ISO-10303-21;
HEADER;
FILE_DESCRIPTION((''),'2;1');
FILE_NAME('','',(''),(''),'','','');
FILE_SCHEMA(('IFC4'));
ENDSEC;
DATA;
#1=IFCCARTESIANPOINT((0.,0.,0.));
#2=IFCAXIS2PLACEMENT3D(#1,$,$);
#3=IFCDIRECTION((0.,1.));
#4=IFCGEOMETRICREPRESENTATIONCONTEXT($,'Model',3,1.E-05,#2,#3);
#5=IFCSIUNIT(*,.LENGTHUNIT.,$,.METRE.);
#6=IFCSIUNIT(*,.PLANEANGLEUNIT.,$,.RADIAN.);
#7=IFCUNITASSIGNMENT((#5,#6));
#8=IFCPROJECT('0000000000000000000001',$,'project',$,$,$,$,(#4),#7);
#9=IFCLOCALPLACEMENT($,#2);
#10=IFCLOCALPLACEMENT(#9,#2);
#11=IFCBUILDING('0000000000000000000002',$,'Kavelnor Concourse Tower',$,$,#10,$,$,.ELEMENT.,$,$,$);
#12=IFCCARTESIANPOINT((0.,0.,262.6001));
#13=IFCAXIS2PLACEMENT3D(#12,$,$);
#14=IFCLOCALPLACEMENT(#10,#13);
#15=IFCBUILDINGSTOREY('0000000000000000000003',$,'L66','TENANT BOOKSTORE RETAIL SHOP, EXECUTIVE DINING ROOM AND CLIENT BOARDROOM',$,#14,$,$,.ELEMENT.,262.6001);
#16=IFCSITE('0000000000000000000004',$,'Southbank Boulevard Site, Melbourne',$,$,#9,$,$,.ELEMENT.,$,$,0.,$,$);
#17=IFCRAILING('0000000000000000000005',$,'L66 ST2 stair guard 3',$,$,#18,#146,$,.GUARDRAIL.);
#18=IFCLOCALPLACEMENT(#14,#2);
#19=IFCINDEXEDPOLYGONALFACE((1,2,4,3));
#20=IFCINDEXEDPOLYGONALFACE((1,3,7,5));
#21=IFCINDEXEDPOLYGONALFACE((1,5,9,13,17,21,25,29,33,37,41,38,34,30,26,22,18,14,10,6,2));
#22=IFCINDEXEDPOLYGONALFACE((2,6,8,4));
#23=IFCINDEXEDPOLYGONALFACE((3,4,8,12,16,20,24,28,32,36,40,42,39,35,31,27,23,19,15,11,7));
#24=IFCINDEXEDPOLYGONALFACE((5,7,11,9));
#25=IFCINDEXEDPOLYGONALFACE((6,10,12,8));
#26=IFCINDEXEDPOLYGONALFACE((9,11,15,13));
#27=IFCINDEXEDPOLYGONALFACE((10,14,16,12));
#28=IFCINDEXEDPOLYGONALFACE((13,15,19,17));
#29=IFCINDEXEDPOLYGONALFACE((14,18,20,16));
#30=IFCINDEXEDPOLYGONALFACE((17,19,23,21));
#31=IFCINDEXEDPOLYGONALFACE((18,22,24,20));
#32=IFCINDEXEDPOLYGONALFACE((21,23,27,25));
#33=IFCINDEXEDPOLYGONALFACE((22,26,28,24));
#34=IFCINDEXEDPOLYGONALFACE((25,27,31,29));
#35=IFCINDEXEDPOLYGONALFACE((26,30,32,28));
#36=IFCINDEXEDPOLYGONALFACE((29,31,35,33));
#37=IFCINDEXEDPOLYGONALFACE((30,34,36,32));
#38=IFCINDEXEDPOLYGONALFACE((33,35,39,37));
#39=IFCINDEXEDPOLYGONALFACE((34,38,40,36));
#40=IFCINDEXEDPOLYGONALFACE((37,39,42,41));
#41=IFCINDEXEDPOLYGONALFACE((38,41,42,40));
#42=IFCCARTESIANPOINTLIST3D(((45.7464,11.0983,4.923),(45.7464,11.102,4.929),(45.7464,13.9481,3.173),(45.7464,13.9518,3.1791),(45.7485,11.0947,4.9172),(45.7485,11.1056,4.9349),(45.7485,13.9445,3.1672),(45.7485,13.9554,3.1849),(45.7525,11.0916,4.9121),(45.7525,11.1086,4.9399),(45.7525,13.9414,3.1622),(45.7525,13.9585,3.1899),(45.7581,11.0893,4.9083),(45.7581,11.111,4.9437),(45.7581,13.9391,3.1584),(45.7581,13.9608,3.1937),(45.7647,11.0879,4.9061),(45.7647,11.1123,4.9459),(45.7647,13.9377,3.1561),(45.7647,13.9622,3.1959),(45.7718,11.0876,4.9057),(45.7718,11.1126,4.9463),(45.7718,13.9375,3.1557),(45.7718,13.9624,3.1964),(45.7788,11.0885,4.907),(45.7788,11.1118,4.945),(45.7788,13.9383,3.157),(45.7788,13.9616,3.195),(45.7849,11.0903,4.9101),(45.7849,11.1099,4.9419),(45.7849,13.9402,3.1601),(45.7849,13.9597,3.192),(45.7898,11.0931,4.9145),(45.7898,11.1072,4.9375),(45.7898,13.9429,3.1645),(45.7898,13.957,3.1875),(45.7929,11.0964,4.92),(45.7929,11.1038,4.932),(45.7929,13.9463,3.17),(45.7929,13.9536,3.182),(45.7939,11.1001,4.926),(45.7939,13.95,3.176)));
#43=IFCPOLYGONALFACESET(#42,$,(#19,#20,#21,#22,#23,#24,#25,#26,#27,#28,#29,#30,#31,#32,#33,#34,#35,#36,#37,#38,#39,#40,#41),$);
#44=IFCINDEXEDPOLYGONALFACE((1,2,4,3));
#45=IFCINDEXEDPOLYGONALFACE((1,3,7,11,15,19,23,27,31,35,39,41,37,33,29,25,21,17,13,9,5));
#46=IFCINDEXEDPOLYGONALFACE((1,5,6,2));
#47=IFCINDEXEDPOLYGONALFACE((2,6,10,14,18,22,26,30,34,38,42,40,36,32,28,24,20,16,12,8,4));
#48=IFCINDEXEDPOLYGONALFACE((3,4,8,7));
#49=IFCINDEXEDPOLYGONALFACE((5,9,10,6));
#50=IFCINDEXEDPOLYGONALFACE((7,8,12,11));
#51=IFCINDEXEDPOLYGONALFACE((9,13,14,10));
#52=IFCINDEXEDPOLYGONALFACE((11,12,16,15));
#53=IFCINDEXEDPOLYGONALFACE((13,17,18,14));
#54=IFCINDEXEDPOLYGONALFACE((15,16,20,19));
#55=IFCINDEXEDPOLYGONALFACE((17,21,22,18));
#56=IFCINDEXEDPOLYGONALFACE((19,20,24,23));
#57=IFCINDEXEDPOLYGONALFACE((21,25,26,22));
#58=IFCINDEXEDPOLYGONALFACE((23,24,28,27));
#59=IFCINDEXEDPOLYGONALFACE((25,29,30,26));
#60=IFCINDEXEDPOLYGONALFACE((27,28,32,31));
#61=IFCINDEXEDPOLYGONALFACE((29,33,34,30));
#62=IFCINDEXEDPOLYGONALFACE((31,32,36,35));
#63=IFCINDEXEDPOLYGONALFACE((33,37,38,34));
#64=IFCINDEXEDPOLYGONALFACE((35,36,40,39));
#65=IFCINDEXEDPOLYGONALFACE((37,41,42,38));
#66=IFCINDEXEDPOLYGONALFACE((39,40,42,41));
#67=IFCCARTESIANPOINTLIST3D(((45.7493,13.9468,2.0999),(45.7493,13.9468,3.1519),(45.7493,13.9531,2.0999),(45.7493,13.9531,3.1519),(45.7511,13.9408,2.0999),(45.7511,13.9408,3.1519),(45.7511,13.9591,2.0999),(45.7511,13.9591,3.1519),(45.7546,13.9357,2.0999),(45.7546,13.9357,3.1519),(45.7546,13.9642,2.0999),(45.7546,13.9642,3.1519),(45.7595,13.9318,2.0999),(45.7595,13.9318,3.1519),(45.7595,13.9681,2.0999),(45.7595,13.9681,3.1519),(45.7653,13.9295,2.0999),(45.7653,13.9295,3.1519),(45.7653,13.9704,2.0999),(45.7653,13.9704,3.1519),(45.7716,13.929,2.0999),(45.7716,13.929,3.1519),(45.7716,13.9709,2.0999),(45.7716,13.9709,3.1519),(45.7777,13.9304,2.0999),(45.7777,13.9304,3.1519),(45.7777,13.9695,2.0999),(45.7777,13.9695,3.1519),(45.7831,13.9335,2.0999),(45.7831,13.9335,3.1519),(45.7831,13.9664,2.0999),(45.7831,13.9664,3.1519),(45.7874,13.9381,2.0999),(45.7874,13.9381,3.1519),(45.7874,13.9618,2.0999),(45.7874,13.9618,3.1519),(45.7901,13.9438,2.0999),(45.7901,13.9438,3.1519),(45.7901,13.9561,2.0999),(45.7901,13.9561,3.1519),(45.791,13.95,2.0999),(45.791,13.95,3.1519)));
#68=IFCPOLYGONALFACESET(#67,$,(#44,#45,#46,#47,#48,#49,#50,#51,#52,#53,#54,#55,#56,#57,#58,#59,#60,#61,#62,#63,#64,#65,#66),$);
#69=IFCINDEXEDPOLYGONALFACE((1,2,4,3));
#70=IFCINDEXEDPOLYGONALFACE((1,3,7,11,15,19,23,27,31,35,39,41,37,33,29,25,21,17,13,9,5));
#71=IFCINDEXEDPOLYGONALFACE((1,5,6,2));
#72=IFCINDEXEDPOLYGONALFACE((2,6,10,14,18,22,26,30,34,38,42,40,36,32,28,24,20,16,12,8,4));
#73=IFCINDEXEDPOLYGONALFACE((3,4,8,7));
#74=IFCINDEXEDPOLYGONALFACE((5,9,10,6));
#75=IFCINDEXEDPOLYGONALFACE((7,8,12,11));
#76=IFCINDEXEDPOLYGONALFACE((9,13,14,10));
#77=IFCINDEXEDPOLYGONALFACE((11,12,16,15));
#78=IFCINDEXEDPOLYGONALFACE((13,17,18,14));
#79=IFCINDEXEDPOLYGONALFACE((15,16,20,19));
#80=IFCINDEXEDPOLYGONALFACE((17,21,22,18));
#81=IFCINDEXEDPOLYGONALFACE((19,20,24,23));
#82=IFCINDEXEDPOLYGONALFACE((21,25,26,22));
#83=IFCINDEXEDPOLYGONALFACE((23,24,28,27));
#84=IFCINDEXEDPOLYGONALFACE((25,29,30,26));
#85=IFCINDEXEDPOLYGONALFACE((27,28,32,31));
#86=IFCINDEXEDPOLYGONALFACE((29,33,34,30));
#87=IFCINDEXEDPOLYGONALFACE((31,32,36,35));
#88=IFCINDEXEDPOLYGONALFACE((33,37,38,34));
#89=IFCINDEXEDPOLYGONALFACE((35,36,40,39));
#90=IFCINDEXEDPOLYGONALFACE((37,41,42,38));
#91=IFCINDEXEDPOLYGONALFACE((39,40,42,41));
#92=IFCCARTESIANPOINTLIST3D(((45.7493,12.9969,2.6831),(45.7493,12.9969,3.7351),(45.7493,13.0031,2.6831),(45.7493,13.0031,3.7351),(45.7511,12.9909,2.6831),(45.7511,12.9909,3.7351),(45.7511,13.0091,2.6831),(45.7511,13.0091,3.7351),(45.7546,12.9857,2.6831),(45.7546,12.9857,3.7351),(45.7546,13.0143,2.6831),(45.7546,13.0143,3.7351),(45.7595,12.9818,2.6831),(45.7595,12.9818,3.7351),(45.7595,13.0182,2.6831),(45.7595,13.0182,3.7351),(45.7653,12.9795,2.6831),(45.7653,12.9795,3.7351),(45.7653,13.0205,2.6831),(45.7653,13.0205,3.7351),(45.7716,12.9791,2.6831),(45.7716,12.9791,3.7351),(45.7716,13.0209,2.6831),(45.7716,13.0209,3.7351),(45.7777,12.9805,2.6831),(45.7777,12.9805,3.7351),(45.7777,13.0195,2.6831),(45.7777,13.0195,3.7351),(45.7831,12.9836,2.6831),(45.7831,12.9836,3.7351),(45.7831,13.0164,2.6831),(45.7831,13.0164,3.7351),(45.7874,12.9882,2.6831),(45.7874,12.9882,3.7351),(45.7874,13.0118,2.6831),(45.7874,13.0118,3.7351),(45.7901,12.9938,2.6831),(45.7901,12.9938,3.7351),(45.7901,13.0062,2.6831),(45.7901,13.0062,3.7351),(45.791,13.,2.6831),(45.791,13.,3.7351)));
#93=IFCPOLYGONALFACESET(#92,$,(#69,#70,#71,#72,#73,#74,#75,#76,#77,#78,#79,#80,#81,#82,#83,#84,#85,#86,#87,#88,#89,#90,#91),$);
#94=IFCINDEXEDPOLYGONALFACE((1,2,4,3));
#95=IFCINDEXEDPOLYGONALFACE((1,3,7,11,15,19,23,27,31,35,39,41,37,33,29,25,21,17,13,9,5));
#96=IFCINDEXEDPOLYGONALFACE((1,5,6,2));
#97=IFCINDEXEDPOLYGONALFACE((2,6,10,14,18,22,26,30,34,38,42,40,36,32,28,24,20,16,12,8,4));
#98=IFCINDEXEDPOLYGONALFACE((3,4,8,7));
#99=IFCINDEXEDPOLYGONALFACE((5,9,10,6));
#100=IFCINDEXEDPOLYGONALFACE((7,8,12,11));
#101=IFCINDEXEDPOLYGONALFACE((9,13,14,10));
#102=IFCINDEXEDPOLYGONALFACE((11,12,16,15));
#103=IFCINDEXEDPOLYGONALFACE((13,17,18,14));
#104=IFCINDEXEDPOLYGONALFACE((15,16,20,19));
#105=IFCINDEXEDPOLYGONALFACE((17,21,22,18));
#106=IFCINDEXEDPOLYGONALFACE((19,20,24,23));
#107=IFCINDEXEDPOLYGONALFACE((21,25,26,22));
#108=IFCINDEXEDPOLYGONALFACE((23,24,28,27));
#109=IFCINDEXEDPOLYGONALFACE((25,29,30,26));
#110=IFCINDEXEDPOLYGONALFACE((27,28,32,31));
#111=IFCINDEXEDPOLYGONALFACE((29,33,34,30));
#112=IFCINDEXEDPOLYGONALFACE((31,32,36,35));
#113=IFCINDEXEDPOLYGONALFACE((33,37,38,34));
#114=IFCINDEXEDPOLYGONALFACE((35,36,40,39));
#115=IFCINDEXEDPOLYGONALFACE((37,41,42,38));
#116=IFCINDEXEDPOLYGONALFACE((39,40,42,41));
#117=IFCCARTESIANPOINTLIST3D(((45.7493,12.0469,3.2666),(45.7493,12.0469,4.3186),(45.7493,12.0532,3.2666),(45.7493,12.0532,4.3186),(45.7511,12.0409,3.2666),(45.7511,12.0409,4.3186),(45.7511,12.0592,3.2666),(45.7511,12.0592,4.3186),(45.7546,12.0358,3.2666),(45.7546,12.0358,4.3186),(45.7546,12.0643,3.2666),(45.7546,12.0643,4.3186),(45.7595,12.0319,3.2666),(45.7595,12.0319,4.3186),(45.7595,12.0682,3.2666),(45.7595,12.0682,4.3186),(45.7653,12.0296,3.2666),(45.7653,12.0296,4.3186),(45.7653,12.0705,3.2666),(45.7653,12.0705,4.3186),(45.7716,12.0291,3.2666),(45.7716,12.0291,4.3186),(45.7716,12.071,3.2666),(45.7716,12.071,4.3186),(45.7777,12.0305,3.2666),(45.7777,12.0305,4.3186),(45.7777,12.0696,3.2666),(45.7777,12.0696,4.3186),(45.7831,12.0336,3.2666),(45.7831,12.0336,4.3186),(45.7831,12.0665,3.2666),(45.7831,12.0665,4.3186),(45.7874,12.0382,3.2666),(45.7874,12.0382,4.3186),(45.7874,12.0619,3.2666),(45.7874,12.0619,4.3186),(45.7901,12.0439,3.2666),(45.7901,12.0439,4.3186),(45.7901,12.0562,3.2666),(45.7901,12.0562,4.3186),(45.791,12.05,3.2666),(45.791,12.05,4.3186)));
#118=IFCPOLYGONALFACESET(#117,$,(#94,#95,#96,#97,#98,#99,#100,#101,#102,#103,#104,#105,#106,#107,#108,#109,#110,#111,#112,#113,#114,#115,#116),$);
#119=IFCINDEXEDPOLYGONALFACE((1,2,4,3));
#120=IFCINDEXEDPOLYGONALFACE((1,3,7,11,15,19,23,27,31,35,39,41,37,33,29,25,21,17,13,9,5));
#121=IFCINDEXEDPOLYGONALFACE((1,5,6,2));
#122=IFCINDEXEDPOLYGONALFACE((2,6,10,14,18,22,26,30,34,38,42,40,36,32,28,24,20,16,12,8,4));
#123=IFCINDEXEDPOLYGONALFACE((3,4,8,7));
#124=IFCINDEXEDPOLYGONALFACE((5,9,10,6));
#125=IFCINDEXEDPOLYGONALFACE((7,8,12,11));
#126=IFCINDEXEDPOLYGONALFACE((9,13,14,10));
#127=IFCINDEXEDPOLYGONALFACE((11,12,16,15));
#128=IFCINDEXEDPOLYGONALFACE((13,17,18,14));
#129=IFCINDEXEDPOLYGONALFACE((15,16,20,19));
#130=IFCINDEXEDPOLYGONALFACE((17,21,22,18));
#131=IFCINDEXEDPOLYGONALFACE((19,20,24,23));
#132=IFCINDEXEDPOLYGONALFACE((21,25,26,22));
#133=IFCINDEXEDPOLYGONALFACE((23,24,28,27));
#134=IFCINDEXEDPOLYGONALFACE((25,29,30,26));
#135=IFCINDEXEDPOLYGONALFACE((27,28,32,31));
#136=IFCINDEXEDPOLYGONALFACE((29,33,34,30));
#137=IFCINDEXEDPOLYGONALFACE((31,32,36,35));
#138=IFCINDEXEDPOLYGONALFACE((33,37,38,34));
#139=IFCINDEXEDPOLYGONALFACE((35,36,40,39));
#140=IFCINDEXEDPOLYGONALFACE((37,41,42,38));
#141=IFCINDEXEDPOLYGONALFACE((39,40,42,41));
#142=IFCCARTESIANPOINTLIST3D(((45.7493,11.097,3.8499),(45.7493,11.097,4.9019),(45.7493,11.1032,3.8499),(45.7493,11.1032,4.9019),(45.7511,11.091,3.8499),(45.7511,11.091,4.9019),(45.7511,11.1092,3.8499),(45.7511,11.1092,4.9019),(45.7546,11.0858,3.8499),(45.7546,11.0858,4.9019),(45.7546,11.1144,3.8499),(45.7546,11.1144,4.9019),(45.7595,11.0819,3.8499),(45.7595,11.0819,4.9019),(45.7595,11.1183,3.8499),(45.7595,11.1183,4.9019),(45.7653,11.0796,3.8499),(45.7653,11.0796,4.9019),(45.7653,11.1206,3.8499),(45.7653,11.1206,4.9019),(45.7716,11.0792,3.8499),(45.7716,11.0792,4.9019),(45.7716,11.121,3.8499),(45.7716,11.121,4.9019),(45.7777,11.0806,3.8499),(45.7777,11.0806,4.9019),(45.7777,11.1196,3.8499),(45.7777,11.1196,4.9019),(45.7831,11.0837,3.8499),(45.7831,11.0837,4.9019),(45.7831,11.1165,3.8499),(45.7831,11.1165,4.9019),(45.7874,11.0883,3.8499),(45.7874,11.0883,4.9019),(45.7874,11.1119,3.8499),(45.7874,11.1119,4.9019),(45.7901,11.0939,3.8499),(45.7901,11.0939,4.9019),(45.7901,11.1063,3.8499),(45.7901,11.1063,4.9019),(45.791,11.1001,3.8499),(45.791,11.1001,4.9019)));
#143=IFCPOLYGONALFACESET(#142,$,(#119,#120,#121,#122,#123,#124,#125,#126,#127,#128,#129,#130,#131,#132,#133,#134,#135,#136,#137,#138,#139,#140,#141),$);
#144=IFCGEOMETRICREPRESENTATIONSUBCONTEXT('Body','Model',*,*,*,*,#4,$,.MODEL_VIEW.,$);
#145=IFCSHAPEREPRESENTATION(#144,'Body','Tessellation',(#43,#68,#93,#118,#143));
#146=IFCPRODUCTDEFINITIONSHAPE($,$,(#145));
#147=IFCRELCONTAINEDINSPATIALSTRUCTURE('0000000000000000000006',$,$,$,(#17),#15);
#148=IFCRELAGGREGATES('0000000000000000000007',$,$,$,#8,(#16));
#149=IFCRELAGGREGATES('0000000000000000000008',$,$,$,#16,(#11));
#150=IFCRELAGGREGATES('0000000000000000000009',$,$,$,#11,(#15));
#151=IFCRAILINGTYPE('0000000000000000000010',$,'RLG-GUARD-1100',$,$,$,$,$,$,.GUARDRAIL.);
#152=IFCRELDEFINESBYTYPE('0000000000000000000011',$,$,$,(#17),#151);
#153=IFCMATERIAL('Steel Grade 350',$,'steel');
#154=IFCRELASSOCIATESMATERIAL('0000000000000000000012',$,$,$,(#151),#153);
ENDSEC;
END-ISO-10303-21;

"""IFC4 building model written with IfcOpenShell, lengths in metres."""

from ifc_helpers import new_model, si_unit, direction, frame, origin, origin_2d, place, context, subcontext, project, spatial, circle, extrude, material, type_object, element, save


model = new_model("IFC4")

# Units and contexts
model_context = context("Model", 3, precision=1e-05, world=origin(), true_north=direction((0.0, 1.0)))
body_context = subcontext(model_context, "Body", "Model", "MODEL_VIEW")
ifc_project = project(units=[si_unit("LENGTHUNIT", "METRE"), si_unit("PLANEANGLEUNIT", "RADIAN")], contexts=[model_context])

# Site, building, storey
site_placement = place(None, origin())
site = spatial("IfcSite", under=ifc_project, at=site_placement, Name="Southbank Boulevard Site, Melbourne", CompositionType="ELEMENT", RefElevation=0.0)
building_placement = place(site_placement, origin())
building = spatial("IfcBuilding", under=site, at=building_placement, Name="Kavelnor Concourse Tower", CompositionType="ELEMENT")
storey_placement = place(building_placement, frame((0.0, 0.0, 262.6001)))
storey = spatial("IfcBuildingStorey", under=building, at=storey_placement, Name="L66", Description="TENANT BOOKSTORE RETAIL SHOP, EXECUTIVE DINING ROOM AND CLIENT BOARDROOM", CompositionType="ELEMENT", Elevation=262.6001)

# Shared definitions
ifc_material_1 = material(Name="Steel Grade 350", Category="steel")

# Railing
railing_type_1 = type_object("IfcRailingType", Name="RLG-GUARD-1100", PredefinedType="GUARDRAIL", material=ifc_material_1)
railing_1_placement = place(storey_placement, frame((45.77, 13.95, 2.0999)))
element("IfcRailing", 1, at=railing_1_placement, inside=storey, type_object=railing_type_1, Name="L66 ST2 stair guard 3", PredefinedType="GUARDRAIL", context=body_context, shape_type="SweptSolid", body=[
    extrude(circle(Radius=0.0239, at=origin_2d()), frame((0.0, 0.0, 1.0762), z_axis=(0.0, -0.852159, 0.523283), x_axis=(1.0, 0.0, 0.0)), (0.0, 0.0, 1.0), 3.3442),
    extrude(circle(Radius=0.021, at=origin_2d()), origin(), (0.0, 0.0, 1.0), 1.052),
    extrude(circle(Radius=0.021, at=origin_2d()), frame((0.0, -0.95, 0.5833)), (0.0, 0.0, 1.0), 1.052),
    extrude(circle(Radius=0.021, at=origin_2d()), frame((0.0, -1.8999, 1.1667)), (0.0, 0.0, 1.0), 1.052),
    extrude(circle(Radius=0.021, at=origin_2d()), frame((0.0, -2.8499, 1.75)), (0.0, 0.0, 1.0), 1.052),
])

save(model, "model.ifc")
